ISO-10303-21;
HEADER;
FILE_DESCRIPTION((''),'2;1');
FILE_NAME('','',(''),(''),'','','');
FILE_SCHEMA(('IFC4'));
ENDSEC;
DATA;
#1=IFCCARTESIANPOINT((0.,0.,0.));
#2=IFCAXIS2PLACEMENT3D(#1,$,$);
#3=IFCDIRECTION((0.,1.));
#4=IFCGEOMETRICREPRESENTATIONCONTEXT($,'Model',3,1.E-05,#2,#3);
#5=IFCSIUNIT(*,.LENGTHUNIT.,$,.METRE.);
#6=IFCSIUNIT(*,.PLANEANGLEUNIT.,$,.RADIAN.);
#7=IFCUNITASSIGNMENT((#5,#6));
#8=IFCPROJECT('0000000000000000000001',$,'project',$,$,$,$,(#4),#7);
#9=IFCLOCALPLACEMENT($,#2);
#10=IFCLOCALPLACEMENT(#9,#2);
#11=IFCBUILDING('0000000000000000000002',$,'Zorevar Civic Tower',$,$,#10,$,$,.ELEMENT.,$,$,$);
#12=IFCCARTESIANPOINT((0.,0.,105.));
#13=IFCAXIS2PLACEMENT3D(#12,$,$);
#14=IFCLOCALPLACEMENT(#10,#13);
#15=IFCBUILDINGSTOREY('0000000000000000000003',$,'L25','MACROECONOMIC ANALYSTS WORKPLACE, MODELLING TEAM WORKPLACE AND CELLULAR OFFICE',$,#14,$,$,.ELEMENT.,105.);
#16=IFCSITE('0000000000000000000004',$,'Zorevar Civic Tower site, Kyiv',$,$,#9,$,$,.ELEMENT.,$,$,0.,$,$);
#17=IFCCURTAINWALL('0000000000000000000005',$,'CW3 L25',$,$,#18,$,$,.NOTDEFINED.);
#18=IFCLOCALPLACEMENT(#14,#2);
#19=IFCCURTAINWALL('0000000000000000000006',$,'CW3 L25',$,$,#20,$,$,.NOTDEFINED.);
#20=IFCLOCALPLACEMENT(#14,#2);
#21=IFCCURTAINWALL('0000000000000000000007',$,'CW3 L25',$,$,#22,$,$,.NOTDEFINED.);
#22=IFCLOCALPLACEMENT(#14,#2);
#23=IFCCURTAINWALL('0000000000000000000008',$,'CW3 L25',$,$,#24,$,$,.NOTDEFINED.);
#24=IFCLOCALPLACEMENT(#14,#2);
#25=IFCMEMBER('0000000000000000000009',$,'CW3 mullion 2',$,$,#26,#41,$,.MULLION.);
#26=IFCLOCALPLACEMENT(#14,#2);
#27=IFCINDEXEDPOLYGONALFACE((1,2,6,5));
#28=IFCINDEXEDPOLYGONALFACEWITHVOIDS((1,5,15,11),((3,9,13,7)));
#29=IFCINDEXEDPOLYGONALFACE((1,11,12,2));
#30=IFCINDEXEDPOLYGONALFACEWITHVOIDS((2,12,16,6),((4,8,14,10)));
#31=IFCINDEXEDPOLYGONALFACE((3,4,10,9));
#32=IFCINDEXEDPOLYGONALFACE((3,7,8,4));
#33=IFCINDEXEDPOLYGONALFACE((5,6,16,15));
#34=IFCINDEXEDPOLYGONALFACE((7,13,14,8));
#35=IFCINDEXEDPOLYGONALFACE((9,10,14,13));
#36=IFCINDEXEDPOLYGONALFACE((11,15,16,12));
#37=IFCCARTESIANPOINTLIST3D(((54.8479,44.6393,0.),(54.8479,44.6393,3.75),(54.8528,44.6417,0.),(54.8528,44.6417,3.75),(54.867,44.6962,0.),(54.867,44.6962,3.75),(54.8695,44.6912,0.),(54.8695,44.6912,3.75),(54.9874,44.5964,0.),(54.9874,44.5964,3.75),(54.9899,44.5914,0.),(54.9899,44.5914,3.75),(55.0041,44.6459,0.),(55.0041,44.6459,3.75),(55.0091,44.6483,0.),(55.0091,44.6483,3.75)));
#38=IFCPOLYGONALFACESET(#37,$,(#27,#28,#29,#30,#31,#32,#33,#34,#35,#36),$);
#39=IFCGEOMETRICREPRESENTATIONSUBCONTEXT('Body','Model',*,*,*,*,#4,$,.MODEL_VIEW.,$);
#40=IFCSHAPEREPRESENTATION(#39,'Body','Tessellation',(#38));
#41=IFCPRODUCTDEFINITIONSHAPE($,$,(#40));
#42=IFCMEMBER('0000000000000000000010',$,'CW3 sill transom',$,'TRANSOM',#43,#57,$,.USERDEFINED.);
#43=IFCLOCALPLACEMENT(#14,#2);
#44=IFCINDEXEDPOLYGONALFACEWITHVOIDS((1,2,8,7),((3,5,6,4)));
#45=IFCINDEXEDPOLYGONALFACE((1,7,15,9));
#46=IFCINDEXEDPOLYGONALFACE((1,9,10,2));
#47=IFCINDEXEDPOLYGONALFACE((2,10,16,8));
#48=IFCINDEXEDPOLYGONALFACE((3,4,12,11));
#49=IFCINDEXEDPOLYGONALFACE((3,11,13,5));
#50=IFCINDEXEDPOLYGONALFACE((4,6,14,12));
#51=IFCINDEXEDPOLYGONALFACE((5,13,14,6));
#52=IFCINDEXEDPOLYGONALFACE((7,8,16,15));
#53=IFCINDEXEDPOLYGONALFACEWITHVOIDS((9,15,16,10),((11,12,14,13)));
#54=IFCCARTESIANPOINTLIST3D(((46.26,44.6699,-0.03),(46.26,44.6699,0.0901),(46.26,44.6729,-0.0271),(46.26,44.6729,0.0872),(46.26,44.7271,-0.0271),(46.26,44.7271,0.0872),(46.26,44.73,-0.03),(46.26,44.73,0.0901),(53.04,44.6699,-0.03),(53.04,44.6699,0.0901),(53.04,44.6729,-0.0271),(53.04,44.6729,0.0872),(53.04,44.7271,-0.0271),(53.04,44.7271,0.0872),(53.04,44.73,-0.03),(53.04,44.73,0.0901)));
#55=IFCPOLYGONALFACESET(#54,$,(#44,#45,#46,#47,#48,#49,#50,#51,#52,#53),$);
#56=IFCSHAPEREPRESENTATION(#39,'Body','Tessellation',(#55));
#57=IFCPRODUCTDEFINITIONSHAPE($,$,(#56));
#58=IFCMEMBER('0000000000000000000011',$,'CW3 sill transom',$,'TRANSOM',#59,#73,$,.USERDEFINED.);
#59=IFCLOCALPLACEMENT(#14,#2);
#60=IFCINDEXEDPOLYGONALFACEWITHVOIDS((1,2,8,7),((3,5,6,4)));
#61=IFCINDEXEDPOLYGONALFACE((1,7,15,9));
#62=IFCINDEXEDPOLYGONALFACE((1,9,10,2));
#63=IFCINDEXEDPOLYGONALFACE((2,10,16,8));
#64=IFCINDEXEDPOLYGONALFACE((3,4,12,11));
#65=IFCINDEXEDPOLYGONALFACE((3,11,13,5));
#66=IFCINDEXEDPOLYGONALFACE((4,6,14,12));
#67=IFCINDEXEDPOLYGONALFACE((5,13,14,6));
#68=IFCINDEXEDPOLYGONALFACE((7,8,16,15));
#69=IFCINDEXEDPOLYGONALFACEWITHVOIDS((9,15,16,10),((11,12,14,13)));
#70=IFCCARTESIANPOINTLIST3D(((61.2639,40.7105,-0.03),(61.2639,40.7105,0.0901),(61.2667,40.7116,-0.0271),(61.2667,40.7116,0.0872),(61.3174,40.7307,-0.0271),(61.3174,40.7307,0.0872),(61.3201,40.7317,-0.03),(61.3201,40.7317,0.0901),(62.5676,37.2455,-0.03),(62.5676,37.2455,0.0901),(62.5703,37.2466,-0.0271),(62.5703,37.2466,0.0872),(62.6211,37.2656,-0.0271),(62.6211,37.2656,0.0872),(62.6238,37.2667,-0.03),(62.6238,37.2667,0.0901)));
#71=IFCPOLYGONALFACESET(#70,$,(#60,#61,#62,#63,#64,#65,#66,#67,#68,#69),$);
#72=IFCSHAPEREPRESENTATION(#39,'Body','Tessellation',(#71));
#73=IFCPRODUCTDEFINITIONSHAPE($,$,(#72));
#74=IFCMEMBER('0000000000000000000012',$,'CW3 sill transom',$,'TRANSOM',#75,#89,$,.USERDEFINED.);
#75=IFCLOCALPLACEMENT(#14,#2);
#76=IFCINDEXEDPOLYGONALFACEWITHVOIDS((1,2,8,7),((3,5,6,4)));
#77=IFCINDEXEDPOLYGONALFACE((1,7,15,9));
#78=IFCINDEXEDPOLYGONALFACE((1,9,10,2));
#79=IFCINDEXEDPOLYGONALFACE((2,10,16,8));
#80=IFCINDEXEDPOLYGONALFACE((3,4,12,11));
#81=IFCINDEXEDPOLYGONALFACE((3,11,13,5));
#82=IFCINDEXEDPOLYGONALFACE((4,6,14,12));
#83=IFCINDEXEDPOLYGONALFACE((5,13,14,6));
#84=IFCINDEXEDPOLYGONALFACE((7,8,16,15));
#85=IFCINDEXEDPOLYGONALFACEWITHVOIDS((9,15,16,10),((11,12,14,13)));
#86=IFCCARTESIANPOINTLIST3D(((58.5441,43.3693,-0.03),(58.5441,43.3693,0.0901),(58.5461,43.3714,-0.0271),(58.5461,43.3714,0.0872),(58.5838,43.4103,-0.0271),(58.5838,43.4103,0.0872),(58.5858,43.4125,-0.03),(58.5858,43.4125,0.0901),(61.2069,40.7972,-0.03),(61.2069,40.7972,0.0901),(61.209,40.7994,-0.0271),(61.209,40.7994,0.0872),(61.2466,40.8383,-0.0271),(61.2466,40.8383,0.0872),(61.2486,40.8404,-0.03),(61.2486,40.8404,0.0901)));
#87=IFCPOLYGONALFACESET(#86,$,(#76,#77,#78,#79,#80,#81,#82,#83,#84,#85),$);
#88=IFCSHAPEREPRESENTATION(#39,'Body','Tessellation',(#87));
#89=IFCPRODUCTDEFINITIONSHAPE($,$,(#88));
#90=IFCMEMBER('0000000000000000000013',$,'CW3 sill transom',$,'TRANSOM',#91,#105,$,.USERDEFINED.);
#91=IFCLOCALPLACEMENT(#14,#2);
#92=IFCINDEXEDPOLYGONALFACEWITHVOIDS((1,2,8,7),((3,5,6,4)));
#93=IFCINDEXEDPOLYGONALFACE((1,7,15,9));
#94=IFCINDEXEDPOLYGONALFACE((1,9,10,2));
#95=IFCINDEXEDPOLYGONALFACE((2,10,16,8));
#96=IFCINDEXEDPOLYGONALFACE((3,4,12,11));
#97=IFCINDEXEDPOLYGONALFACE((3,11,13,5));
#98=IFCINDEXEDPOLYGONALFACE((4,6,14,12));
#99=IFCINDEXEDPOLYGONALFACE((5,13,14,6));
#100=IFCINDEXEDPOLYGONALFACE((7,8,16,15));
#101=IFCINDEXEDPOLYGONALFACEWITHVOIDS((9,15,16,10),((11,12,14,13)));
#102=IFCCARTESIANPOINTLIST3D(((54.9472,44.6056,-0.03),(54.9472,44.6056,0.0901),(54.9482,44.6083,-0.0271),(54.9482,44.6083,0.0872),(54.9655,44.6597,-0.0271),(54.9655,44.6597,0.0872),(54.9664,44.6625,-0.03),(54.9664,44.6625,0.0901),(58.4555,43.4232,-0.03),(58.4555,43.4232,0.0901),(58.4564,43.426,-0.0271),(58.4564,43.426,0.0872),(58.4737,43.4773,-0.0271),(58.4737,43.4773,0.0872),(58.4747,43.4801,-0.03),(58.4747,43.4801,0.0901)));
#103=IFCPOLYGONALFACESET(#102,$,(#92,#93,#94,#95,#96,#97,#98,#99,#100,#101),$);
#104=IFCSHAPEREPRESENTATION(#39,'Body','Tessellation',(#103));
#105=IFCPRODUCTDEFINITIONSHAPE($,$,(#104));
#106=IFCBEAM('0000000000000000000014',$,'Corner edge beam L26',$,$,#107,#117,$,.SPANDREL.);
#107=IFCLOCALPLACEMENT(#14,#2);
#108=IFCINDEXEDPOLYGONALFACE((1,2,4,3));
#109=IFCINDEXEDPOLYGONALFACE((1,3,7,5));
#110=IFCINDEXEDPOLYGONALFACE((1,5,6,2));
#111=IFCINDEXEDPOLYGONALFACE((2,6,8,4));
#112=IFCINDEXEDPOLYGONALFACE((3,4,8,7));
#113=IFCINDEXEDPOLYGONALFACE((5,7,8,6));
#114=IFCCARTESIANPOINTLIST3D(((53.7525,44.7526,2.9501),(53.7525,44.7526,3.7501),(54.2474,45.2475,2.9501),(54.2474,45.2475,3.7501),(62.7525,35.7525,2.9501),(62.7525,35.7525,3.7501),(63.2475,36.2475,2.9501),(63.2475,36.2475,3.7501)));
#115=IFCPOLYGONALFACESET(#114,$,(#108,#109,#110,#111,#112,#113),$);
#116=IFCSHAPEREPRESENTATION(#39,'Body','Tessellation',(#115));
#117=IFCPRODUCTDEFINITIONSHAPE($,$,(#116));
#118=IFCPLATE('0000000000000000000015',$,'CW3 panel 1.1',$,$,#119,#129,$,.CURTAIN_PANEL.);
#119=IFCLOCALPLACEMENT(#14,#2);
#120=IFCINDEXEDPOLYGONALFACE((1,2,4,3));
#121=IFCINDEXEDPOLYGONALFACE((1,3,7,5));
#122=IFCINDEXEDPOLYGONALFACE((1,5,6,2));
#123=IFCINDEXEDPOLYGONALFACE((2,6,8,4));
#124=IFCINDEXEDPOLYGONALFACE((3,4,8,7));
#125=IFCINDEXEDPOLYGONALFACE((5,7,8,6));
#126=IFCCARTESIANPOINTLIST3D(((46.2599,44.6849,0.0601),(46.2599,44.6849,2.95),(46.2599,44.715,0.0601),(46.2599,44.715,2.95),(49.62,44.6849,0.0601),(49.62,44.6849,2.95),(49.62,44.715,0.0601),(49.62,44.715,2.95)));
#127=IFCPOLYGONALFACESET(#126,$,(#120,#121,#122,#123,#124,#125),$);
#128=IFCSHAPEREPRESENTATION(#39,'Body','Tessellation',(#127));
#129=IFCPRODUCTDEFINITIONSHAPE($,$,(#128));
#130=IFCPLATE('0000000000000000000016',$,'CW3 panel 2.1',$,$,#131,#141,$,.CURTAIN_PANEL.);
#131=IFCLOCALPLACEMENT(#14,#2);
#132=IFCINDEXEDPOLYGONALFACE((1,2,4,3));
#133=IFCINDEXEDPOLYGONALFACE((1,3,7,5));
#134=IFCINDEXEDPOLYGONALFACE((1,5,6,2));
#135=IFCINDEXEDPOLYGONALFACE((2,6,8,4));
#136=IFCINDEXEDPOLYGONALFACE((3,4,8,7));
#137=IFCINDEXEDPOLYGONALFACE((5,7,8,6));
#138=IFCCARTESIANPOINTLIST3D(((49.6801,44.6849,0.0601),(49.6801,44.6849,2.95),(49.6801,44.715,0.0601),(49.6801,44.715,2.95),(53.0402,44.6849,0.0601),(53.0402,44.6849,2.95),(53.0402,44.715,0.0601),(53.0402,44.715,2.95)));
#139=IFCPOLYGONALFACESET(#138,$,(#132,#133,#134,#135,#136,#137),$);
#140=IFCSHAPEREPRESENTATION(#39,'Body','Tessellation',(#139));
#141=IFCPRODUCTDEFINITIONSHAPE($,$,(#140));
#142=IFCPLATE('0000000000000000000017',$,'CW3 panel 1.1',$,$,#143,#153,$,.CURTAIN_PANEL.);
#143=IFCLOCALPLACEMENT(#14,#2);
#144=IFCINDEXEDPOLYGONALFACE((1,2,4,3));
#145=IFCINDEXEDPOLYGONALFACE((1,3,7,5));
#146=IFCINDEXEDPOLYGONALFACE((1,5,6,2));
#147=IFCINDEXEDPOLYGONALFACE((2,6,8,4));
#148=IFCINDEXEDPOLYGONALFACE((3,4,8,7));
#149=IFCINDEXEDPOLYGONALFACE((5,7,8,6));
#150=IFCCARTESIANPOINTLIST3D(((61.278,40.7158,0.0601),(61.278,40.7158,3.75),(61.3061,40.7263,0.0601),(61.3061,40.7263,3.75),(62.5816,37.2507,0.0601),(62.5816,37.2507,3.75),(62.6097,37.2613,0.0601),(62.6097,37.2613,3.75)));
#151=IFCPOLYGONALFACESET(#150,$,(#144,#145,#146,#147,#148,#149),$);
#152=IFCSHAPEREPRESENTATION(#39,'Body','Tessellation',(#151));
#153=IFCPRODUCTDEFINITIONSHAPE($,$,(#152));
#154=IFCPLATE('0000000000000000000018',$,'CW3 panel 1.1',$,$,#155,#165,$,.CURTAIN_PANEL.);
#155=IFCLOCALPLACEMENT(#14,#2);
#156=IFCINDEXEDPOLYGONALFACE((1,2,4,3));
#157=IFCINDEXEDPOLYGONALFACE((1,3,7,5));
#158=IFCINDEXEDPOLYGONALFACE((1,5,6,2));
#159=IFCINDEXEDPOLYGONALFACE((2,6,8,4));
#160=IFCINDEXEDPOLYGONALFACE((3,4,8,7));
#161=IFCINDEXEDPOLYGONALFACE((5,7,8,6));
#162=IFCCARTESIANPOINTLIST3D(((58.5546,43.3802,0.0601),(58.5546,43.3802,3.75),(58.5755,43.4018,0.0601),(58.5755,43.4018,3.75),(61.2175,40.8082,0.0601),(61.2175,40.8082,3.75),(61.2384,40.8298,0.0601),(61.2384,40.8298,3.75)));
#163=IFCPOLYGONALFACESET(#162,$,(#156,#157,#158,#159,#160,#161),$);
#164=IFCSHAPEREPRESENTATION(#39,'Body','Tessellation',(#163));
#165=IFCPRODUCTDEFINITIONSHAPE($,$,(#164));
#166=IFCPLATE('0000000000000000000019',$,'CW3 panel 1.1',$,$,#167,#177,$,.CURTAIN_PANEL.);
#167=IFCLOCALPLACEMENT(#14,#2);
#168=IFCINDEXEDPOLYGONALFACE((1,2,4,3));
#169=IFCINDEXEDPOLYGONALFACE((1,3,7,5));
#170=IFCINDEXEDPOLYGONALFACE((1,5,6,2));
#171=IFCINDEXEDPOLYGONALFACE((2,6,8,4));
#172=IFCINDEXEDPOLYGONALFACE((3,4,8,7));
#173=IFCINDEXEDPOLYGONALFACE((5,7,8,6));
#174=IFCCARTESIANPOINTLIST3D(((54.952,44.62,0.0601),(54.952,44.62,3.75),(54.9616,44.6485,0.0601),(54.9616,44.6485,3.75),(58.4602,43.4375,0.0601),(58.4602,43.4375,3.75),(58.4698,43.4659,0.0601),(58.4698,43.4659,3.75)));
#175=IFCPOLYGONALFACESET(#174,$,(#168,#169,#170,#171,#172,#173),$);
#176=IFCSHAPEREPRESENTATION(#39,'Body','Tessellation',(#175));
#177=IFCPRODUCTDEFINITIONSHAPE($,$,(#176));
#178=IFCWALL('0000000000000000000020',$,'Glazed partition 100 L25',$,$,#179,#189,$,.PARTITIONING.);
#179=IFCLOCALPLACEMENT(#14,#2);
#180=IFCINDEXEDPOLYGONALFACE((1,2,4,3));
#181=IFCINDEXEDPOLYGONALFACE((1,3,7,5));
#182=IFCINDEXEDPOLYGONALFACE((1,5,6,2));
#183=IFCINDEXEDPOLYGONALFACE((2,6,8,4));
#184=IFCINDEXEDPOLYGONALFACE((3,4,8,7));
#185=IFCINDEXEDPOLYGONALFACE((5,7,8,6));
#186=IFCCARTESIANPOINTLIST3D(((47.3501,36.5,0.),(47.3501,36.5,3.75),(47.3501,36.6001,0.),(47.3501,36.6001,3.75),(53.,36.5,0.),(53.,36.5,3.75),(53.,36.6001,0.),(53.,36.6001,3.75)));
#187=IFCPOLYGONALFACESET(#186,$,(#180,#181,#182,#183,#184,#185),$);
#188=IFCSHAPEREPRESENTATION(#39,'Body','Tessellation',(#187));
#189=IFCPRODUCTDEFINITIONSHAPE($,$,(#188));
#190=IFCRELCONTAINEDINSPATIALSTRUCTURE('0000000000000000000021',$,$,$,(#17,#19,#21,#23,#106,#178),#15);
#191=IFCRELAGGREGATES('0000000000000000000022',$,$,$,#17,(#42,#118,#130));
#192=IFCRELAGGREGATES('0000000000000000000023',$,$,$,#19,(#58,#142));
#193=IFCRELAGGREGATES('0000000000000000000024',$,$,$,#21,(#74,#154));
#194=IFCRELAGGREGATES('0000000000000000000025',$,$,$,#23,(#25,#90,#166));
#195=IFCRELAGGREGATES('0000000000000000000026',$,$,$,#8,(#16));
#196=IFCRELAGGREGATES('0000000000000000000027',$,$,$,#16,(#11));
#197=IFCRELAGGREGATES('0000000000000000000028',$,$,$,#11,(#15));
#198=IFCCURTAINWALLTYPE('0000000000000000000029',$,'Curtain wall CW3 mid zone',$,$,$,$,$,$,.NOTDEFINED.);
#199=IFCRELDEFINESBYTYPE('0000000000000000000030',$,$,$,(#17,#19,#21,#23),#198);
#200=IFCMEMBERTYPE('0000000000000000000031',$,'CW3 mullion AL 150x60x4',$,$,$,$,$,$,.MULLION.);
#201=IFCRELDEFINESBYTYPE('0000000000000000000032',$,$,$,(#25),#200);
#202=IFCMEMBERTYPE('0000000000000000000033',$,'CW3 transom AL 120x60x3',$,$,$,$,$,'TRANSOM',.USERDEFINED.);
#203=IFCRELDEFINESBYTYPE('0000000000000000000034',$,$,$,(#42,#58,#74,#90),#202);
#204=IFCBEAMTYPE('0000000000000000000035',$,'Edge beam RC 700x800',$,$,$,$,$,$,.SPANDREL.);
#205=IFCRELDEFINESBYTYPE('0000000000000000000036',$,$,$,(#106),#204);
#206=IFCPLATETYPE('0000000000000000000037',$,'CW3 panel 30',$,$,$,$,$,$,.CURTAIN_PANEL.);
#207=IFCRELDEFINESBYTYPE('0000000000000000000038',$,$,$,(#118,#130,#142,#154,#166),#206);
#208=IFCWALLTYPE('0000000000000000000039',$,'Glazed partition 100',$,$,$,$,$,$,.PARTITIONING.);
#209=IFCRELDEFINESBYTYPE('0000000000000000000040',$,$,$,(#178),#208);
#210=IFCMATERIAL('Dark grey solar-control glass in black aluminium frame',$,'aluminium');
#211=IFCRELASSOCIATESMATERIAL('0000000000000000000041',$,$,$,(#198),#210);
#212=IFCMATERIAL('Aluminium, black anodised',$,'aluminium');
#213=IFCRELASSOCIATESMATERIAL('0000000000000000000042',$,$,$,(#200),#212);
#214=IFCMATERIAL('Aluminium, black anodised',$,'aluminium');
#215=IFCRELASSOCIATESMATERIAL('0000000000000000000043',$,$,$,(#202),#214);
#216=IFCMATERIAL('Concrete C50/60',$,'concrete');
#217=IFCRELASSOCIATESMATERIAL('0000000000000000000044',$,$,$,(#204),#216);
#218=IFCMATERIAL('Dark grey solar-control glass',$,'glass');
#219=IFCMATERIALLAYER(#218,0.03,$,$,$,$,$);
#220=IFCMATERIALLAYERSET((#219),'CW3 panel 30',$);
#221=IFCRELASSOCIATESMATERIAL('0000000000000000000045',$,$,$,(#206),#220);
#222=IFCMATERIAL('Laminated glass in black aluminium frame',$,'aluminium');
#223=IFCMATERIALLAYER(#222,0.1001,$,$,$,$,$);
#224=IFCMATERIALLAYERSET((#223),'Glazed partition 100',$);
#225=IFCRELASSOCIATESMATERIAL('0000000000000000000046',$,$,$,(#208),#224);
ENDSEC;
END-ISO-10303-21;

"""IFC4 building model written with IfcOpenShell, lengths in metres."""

from ifc_helpers import new_model, si_unit, direction, frame, frame_2d, origin, origin_2d, place, context, subcontext, project, spatial, rectangle, hollow_rectangle, extrude, material, layer, layer_set, material_profile, profile_set, type_object, element, aggregate, save


model = new_model("IFC4")

# Units and contexts
model_context = context("Model", 3, precision=1e-05, world=origin(), true_north=direction((0.0, 1.0)))
body_context = subcontext(model_context, "Body", "Model", "MODEL_VIEW")
ifc_project = project(units=[si_unit("LENGTHUNIT", "METRE"), si_unit("PLANEANGLEUNIT", "RADIAN")], contexts=[model_context])

# Site, building, storey
site_placement = place(None, origin())
site = spatial("IfcSite", under=ifc_project, at=site_placement, Name="Zorevar Civic Tower site, Kyiv", CompositionType="ELEMENT", RefElevation=0.0)
building_placement = place(site_placement, origin())
building = spatial("IfcBuilding", under=site, at=building_placement, Name="Zorevar Civic Tower", CompositionType="ELEMENT")
storey_placement = place(building_placement, frame((0.0, 0.0, 105.0)))
storey = spatial("IfcBuildingStorey", under=building, at=storey_placement, Name="L25", Description="MACROECONOMIC ANALYSTS WORKPLACE, MODELLING TEAM WORKPLACE AND CELLULAR OFFICE", CompositionType="ELEMENT", Elevation=105.0)

# Curtain walls, member
ifc_material_1 = material(Name="Dark grey solar-control glass in black aluminium frame", Category="aluminium")
curtain_wall_type = type_object("IfcCurtainWallType", Name="Curtain wall CW3 mid zone", PredefinedType="NOTDEFINED", material=ifc_material_1)
curtain_wall_1_placement = place(storey_placement, origin())
curtain_wall_1 = element("IfcCurtainWall", 1, at=curtain_wall_1_placement, inside=storey, type_object=curtain_wall_type, Name="CW3 L25", PredefinedType="NOTDEFINED")
ifc_material_2 = material(Name="Aluminium, black anodised", Category="aluminium")
ifc_material_profile_1 = material_profile(ifc_material_2, hollow_rectangle(XDim=0.0601, YDim=0.1499, WallThickness=0.0039, at=origin_2d()), Name="AL 150x60x4")
ifc_profile_set_1 = profile_set([ifc_material_profile_1], Name="Aluminium, black anodised")
member_type_1 = type_object("IfcMemberType", Name="CW3 mullion AL 150x60x4", PredefinedType="MULLION", material=ifc_profile_set_1)
curtain_wall_2_placement = place(storey_placement, origin())
curtain_wall_2 = element("IfcCurtainWall", 2, at=curtain_wall_2_placement, inside=storey, type_object=curtain_wall_type, Name="CW3 L25", PredefinedType="NOTDEFINED")
curtain_wall_3_placement = place(storey_placement, origin())
curtain_wall_3 = element("IfcCurtainWall", 3, at=curtain_wall_3_placement, inside=storey, type_object=curtain_wall_type, Name="CW3 L25", PredefinedType="NOTDEFINED")
curtain_wall_4_placement = place(storey_placement, origin())
curtain_wall_4 = element("IfcCurtainWall", 4, at=curtain_wall_4_placement, inside=storey, type_object=curtain_wall_type, Name="CW3 L25", PredefinedType="NOTDEFINED")
member_1_placement = place(storey_placement, frame((54.9285, 44.6438, 0.0), z_axis=(0.0, 0.0, 1.0), x_axis=(-0.319413, -0.947616, 0.0)))
member_1 = element("IfcMember", 5, at=member_1_placement, type_object=member_type_1, Name="CW3 mullion 2", PredefinedType="MULLION", context=body_context, shape_type="SweptSolid", body=[
    extrude(hollow_rectangle(XDim=0.0601, YDim=0.1499, WallThickness=0.0039, at=origin_2d()), origin(), (0.0, 0.0, 1.0), 3.75),
])

# Members
ifc_material_3 = material(Name="Aluminium, black anodised", Category="aluminium")
ifc_material_profile_2 = material_profile(ifc_material_3, hollow_rectangle(XDim=0.0601, YDim=0.1201, WallThickness=0.0029, at=origin_2d()), Name="AL 120x60x3")
ifc_profile_set_2 = profile_set([ifc_material_profile_2], Name="Aluminium, black anodised")
member_type_2 = type_object("IfcMemberType", Name="CW3 transom AL 120x60x3", ElementType="TRANSOM", PredefinedType="USERDEFINED", material=ifc_profile_set_2)
member_2_placement = place(storey_placement, frame((46.26, 44.7, 0.03), z_axis=(1.0, 0.0, 0.0), x_axis=(0.0, 1.0, 0.0)))
member_2 = element("IfcMember", 6, at=member_2_placement, type_object=member_type_2, Name="CW3 sill transom", ObjectType="TRANSOM", PredefinedType="USERDEFINED", context=body_context, shape_type="SweptSolid", body=[
    extrude(hollow_rectangle(XDim=0.0601, YDim=0.1201, WallThickness=0.0029, at=origin_2d()), origin(), (0.0, 0.0, 1.0), 6.78),
])
member_3_placement = place(storey_placement, frame((62.5957, 37.2561, 0.03), z_axis=(-0.352142, 0.935947, 0.0), x_axis=(-0.935947, -0.352142, 0.0)))
member_3 = element("IfcMember", 7, at=member_3_placement, type_object=member_type_2, Name="CW3 sill transom", ObjectType="TRANSOM", PredefinedType="USERDEFINED", context=body_context, shape_type="SweptSolid", body=[
    extrude(hollow_rectangle(XDim=0.0601, YDim=0.1201, WallThickness=0.0029, at=origin_2d()), origin(), (0.0, 0.0, 1.0), 3.7021),
])
member_4_placement = place(storey_placement, frame((61.2278, 40.8188, 0.03), z_axis=(-0.719266, 0.694735, 0.0), x_axis=(-0.694735, -0.719266, 0.0)))
member_4 = element("IfcMember", 8, at=member_4_placement, type_object=member_type_2, Name="CW3 sill transom", ObjectType="TRANSOM", PredefinedType="USERDEFINED", context=body_context, shape_type="SweptSolid", body=[
    extrude(hollow_rectangle(XDim=0.0601, YDim=0.1201, WallThickness=0.0029, at=origin_2d()), origin(), (0.0, 0.0, 1.0), 3.7021),
])
member_5_placement = place(storey_placement, frame((58.4651, 43.4517, 0.03), z_axis=(-0.94763, 0.319372, 0.0), x_axis=(-0.319372, -0.94763, 0.0)))
member_5 = element("IfcMember", 9, at=member_5_placement, type_object=member_type_2, Name="CW3 sill transom", ObjectType="TRANSOM", PredefinedType="USERDEFINED", context=body_context, shape_type="SweptSolid", body=[
    extrude(hollow_rectangle(XDim=0.0601, YDim=0.1201, WallThickness=0.0029, at=origin_2d()), origin(), (0.0, 0.0, 1.0), 3.7021),
])

# Beam
ifc_material_4 = material(Name="Concrete C50/60", Category="concrete")
ifc_material_profile_3 = material_profile(ifc_material_4, rectangle(XDim=0.7, YDim=0.8, at=origin_2d()), Name="RC 700x800")
ifc_profile_set_3 = profile_set([ifc_material_profile_3], Name="Concrete C50/60")
beam_type_1 = type_object("IfcBeamType", Name="Edge beam RC 700x800", PredefinedType="SPANDREL", material=ifc_profile_set_3)
beam_1_placement = place(storey_placement, frame((63.0, 36.0, 3.3501), z_axis=(-0.707107, 0.707107, 0.0), x_axis=(-0.707107, -0.707107, 0.0)))
element("IfcBeam", 10, at=beam_1_placement, inside=storey, type_object=beam_type_1, Name="Corner edge beam L26", PredefinedType="SPANDREL", context=body_context, shape_type="SweptSolid", body=[
    extrude(rectangle(XDim=0.7, YDim=0.8, at=origin_2d()), origin(), (0.0, 0.0, 1.0), 12.728),
])

# Plates
ifc_material_5 = material(Name="Dark grey solar-control glass", Category="glass")
ifc_layer_1 = layer(ifc_material_5, 0.03)
ifc_layer_set_1 = layer_set([ifc_layer_1], Name="CW3 panel 30")
plate_type = type_object("IfcPlateType", Name="CW3 panel 30", PredefinedType="CURTAIN_PANEL", material=ifc_layer_set_1)
plate_1_placement = place(storey_placement, frame((47.9399, 44.7, 0.0601), z_axis=(0.0, 0.0, 1.0), x_axis=(1.0, 0.0, 0.0)))
plate_1 = element("IfcPlate", 11, at=plate_1_placement, type_object=plate_type, Name="CW3 panel 1.1", PredefinedType="CURTAIN_PANEL", context=body_context, shape_type="SweptSolid", body=[
    extrude(rectangle(XDim=3.3601, YDim=0.03, at=origin_2d()), origin(), (0.0, 0.0, 1.0), 2.8899),
])
plate_2_placement = place(storey_placement, frame((51.3601, 44.7, 0.0601), z_axis=(0.0, 0.0, 1.0), x_axis=(1.0, 0.0, 0.0)))
plate_2 = element("IfcPlate", 12, at=plate_2_placement, type_object=plate_type, Name="CW3 panel 2.1", PredefinedType="CURTAIN_PANEL", context=body_context, shape_type="SweptSolid", body=[
    extrude(rectangle(XDim=3.3601, YDim=0.03, at=origin_2d()), origin(), (0.0, 0.0, 1.0), 2.8899),
])
aggregate(curtain_wall_1, [member_2, plate_1, plate_2])
plate_3_placement = place(storey_placement, frame((61.9438, 38.9885, 0.0601), z_axis=(0.0, 0.0, 1.0), x_axis=(-0.352132, 0.935951, 0.0)))
plate_3 = element("IfcPlate", 13, at=plate_3_placement, type_object=plate_type, Name="CW3 panel 1.1", PredefinedType="CURTAIN_PANEL", context=body_context, shape_type="SweptSolid", body=[
    extrude(rectangle(XDim=3.7021, YDim=0.03, at=origin_2d()), origin(), (0.0, 0.0, 1.0), 3.6899),
])
aggregate(curtain_wall_2, [member_3, plate_3])
plate_4_placement = place(storey_placement, frame((59.8965, 42.105, 0.0601), z_axis=(0.0, 0.0, 1.0), x_axis=(-0.719281, 0.694719, 0.0)))
plate_4 = element("IfcPlate", 14, at=plate_4_placement, type_object=plate_type, Name="CW3 panel 1.1", PredefinedType="CURTAIN_PANEL", context=body_context, shape_type="SweptSolid", body=[
    extrude(rectangle(XDim=3.7021, YDim=0.03, at=origin_2d()), origin(), (0.0, 0.0, 1.0), 3.6899),
])
aggregate(curtain_wall_3, [member_4, plate_4])
plate_5_placement = place(storey_placement, frame((56.7109, 44.043, 0.0601), z_axis=(0.0, 0.0, 1.0), x_axis=(-0.947616, 0.319413, 0.0)))
plate_5 = element("IfcPlate", 15, at=plate_5_placement, type_object=plate_type, Name="CW3 panel 1.1", PredefinedType="CURTAIN_PANEL", context=body_context, shape_type="SweptSolid", body=[
    extrude(rectangle(XDim=3.7021, YDim=0.03, at=origin_2d()), origin(), (0.0, 0.0, 1.0), 3.6899),
])
aggregate(curtain_wall_4, [member_1, member_5, plate_5])

# Wall
ifc_material_6 = material(Name="Laminated glass in black aluminium frame", Category="aluminium")
ifc_layer_2 = layer(ifc_material_6, 0.1001)
ifc_layer_set_2 = layer_set([ifc_layer_2], Name="Glazed partition 100")
wall_type_1 = type_object("IfcWallType", Name="Glazed partition 100", PredefinedType="PARTITIONING", material=ifc_layer_set_2)
wall_1_placement = place(storey_placement, frame((47.3501, 36.55, 0.0), z_axis=(0.0, 0.0, 1.0), x_axis=(1.0, 0.0, 0.0)))
element("IfcWall", 16, at=wall_1_placement, inside=storey, type_object=wall_type_1, Name="Glazed partition 100 L25", PredefinedType="PARTITIONING", context=body_context, shape_type="SweptSolid", body=[
    extrude(rectangle(XDim=5.6499, YDim=0.1001, at=frame_2d((2.825, 0.0))), origin(), (0.0, 0.0, 1.0), 3.75),
])

save(model, "model.ifc")
